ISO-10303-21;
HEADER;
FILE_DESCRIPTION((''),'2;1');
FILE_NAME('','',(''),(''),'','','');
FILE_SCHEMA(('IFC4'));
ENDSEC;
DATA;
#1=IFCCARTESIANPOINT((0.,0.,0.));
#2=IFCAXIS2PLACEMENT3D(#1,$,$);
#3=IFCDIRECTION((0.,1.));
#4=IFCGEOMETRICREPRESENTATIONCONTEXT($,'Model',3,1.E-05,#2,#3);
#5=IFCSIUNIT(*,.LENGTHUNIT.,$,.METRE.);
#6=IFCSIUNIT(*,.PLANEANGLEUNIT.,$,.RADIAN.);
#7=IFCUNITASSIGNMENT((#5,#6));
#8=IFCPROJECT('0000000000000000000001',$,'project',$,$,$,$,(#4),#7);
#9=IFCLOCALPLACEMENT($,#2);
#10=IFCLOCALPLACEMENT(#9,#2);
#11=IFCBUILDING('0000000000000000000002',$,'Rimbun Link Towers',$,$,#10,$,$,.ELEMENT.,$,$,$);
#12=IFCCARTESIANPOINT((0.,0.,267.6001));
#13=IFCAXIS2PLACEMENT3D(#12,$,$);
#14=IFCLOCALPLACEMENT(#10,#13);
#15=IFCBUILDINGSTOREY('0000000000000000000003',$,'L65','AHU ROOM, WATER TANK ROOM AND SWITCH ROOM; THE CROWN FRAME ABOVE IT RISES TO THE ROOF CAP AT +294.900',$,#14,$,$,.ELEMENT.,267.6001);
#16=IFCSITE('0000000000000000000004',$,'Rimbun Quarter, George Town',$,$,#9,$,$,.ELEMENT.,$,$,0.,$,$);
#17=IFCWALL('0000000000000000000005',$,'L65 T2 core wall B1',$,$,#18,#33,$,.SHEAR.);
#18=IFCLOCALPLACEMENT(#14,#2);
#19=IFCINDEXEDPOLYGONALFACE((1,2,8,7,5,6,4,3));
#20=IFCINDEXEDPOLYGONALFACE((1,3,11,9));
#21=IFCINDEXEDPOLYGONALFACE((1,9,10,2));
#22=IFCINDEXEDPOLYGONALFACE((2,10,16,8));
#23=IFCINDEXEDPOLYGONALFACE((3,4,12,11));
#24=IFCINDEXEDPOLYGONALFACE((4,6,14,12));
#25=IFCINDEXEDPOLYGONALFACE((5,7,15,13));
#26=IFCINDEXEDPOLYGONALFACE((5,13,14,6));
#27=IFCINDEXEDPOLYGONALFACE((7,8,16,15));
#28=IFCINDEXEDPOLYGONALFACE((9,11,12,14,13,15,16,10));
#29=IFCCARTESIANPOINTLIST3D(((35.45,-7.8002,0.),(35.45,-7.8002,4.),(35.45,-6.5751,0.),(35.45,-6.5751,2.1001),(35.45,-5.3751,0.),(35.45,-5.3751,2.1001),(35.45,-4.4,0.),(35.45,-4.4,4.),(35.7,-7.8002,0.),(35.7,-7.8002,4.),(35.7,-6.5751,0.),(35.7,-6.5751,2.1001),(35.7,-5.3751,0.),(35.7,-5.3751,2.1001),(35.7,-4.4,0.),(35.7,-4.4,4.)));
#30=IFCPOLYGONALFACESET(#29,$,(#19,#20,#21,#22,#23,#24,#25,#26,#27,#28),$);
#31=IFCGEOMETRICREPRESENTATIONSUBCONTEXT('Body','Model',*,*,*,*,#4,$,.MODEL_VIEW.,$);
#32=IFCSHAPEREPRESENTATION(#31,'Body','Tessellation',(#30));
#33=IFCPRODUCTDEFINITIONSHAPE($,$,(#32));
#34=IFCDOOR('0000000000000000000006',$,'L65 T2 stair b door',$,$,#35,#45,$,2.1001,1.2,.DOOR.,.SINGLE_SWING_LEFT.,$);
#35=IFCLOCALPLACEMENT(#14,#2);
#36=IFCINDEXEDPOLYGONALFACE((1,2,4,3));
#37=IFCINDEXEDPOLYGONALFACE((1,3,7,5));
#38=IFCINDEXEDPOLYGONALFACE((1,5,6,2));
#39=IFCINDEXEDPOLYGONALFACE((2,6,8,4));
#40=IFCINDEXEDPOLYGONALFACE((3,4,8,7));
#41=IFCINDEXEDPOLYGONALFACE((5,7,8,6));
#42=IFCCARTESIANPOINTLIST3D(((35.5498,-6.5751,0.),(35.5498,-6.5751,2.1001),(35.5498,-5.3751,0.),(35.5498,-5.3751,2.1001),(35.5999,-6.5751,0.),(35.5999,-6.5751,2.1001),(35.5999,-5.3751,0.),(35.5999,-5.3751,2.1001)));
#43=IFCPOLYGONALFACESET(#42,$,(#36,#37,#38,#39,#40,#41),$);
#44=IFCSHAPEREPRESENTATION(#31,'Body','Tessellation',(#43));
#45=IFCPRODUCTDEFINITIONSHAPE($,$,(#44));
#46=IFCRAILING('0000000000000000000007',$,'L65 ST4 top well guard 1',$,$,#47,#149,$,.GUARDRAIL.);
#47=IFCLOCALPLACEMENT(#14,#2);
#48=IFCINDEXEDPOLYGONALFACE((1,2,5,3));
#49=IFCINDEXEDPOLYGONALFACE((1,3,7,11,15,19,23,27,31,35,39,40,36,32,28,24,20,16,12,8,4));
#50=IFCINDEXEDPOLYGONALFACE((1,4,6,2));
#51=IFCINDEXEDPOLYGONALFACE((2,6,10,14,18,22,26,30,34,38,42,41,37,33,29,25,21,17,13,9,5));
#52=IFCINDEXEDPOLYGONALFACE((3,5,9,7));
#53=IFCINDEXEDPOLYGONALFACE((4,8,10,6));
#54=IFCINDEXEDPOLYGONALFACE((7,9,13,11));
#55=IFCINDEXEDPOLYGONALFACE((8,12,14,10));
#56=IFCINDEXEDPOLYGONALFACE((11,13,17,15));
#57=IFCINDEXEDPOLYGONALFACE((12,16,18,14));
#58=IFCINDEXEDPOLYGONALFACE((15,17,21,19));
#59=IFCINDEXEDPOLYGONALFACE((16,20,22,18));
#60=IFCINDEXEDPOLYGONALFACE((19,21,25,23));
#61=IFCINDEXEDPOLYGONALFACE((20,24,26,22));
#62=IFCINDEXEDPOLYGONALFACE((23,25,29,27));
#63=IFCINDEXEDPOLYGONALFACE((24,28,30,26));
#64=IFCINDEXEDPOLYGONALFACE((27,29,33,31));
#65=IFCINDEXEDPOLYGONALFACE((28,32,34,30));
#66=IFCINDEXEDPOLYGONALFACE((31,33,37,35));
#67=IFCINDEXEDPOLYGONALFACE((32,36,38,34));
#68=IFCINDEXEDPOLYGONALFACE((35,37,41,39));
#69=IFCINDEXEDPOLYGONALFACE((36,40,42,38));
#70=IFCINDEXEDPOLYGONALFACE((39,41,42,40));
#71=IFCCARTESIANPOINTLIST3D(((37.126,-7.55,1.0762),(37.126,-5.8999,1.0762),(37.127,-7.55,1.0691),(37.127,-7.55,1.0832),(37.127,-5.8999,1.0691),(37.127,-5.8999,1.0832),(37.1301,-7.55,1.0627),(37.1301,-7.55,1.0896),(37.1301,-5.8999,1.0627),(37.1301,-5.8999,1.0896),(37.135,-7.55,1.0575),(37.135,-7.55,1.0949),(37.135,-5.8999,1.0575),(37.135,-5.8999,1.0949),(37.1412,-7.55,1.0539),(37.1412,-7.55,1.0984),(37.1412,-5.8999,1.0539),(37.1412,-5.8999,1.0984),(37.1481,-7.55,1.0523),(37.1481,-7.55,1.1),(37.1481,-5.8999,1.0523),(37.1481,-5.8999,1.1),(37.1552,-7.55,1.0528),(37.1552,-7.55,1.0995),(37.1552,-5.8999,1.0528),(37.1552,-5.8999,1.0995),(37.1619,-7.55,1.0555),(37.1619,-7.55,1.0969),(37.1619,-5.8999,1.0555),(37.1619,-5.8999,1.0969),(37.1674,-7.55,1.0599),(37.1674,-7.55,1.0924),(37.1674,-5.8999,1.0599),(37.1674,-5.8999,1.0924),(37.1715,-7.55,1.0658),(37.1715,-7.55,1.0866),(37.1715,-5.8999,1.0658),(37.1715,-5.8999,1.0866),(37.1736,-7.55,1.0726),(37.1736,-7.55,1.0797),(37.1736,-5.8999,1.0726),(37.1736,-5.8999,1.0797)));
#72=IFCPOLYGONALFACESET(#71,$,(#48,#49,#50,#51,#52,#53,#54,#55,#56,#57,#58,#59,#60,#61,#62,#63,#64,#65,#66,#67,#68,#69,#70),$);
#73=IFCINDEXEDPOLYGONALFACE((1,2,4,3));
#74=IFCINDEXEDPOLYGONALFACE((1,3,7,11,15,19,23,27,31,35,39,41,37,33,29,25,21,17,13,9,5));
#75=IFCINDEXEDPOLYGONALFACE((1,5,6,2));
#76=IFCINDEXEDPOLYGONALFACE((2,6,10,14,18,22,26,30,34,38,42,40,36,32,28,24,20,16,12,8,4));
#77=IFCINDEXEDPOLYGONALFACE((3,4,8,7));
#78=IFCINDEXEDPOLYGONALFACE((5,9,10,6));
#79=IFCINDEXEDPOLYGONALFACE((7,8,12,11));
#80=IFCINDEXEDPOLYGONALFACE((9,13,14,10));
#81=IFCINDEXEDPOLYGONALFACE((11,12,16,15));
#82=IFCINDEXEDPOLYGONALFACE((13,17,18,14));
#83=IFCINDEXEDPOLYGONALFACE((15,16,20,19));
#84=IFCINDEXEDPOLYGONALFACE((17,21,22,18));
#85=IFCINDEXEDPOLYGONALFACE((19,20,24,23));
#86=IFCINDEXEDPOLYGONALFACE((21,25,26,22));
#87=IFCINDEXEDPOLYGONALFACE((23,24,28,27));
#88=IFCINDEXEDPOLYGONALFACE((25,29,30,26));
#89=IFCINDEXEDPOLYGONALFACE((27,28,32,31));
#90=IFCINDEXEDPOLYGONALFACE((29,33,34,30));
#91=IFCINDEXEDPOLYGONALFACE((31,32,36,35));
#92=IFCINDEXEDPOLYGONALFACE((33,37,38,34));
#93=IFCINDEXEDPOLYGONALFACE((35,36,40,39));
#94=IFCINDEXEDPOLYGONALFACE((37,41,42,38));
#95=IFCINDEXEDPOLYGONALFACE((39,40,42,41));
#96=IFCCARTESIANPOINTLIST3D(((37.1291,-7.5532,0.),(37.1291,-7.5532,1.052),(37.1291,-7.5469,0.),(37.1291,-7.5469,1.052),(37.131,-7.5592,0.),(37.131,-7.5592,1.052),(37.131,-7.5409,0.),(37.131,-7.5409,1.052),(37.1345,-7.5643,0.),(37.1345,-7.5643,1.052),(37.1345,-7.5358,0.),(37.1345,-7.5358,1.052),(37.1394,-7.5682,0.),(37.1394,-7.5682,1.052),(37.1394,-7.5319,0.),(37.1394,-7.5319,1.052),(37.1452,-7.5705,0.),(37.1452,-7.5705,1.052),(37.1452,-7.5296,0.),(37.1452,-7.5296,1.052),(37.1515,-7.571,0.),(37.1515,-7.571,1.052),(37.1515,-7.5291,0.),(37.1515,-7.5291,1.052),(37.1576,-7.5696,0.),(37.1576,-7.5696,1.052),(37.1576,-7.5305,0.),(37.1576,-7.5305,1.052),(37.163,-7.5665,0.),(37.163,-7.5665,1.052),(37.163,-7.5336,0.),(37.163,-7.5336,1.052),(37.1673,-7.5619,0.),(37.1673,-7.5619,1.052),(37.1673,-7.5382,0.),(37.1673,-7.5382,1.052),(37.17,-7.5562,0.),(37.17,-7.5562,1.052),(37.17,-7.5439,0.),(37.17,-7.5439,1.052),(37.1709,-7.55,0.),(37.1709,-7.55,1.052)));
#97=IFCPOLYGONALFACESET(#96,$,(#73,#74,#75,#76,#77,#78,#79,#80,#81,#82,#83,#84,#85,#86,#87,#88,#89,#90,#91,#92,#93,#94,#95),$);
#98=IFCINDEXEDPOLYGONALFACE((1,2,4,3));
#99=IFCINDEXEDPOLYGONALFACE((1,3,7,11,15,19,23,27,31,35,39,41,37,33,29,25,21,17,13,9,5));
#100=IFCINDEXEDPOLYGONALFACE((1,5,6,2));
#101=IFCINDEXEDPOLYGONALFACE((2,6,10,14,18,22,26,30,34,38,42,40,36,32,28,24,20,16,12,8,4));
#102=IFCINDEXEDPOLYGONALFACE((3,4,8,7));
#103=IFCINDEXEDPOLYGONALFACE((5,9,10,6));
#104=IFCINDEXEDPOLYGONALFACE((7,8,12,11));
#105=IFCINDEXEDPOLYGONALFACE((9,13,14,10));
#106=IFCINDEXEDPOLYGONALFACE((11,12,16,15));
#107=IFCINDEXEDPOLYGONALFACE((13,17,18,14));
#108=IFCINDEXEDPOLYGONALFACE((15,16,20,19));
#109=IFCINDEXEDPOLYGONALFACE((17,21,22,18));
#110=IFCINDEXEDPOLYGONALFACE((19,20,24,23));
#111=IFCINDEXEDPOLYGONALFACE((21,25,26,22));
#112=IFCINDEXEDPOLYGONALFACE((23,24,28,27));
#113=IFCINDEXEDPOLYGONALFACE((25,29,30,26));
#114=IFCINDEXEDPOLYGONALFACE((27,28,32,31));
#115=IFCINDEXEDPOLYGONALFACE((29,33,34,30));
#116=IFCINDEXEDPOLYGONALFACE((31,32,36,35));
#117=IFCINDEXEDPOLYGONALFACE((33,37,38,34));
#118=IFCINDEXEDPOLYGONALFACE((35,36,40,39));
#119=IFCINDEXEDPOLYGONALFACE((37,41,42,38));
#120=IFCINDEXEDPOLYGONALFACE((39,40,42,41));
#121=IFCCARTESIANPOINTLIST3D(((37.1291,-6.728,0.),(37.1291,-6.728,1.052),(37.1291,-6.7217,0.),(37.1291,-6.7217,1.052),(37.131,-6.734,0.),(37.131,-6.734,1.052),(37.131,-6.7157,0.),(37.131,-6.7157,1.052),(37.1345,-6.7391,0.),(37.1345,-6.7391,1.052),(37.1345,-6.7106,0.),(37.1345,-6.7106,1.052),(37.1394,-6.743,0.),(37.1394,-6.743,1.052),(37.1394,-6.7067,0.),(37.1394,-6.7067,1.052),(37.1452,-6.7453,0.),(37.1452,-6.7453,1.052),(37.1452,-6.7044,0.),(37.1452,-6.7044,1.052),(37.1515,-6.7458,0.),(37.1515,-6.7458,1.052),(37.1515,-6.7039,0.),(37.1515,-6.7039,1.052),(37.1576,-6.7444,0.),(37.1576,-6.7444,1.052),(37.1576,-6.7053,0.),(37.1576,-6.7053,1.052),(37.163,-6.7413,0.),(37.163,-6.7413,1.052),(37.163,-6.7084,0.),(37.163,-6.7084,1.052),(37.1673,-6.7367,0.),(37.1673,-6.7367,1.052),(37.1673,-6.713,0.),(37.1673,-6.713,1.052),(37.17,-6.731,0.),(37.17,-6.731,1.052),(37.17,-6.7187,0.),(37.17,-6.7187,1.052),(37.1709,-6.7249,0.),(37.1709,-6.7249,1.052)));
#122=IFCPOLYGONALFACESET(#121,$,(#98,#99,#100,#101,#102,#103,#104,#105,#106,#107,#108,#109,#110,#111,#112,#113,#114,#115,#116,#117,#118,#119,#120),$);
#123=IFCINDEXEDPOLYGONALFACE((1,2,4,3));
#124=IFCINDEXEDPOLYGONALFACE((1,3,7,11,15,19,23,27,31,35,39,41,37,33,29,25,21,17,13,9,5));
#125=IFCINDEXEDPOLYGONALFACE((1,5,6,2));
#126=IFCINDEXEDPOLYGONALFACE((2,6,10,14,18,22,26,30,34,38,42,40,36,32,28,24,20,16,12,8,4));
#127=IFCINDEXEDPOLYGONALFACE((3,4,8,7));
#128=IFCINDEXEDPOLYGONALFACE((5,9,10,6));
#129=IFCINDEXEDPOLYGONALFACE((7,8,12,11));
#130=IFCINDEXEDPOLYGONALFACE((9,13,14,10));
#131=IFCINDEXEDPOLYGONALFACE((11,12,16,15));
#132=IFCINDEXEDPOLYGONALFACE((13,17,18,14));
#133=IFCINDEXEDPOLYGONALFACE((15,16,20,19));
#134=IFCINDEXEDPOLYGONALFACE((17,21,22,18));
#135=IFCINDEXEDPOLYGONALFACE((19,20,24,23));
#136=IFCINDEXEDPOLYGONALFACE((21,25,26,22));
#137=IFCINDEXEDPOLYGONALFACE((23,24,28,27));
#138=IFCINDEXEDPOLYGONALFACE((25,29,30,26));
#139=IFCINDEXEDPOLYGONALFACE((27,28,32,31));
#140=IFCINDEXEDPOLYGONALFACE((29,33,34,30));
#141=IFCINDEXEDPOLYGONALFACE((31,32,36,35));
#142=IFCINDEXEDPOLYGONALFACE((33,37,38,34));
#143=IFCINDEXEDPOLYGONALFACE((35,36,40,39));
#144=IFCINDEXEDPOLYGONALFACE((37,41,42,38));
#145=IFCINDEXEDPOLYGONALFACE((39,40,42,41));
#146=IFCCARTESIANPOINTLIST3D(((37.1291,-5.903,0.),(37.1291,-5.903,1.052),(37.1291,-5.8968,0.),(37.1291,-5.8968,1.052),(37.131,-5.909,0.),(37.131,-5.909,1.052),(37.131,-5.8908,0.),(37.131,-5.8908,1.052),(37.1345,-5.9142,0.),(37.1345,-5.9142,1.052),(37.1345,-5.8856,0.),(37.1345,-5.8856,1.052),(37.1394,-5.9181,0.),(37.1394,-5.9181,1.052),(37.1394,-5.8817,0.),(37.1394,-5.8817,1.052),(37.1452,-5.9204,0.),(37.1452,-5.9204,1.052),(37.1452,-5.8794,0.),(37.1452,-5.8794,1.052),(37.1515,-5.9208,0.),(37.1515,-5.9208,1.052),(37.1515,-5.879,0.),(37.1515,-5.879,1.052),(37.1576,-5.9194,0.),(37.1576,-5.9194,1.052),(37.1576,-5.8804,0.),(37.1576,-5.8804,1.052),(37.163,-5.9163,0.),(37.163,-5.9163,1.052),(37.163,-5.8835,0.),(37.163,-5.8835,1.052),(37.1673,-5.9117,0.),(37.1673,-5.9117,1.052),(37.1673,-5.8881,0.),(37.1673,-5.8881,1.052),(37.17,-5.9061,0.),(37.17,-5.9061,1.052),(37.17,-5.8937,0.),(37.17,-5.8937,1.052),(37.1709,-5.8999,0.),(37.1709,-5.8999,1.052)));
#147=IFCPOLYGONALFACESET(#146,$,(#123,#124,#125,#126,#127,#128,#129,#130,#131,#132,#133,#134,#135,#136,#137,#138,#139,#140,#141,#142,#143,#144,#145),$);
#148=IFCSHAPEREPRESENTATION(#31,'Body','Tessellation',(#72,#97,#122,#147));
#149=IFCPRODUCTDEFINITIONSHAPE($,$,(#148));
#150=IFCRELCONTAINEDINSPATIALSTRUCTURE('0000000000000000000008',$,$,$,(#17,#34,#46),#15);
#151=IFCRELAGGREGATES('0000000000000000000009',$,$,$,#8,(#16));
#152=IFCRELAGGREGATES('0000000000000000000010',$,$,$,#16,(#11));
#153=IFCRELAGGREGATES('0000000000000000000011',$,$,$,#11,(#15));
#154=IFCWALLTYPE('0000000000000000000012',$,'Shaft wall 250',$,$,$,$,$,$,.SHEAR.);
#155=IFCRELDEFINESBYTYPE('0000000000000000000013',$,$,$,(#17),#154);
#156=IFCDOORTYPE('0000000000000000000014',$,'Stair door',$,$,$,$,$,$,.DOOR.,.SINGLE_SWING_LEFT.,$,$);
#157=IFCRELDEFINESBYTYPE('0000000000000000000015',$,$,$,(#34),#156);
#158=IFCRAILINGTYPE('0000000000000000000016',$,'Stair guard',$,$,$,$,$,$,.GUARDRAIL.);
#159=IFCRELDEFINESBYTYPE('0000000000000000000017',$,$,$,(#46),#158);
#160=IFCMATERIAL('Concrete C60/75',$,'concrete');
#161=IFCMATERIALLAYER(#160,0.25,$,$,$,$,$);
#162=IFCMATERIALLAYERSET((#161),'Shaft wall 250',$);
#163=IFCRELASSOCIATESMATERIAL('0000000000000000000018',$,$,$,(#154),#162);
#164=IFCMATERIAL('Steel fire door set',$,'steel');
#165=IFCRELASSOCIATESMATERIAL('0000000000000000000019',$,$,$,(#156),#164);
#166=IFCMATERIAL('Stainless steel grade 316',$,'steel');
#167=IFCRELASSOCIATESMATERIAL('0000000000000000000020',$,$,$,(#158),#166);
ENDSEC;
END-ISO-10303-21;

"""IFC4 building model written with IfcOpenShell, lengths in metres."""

from ifc_helpers import new_model, si_unit, direction, frame, frame_2d, origin, origin_2d, place, context, subcontext, project, spatial, rectangle, circle, extrude, material, layer, layer_set, type_object, element, fill, save


model = new_model("IFC4")

# Units and contexts
model_context = context("Model", 3, precision=1e-05, world=origin(), true_north=direction((0.0, 1.0)))
body_context = subcontext(model_context, "Body", "Model", "MODEL_VIEW")
ifc_project = project(units=[si_unit("LENGTHUNIT", "METRE"), si_unit("PLANEANGLEUNIT", "RADIAN")], contexts=[model_context])

# Site, building, storey
site_placement = place(None, origin())
site = spatial("IfcSite", under=ifc_project, at=site_placement, Name="Rimbun Quarter, George Town", CompositionType="ELEMENT", RefElevation=0.0)
building_placement = place(site_placement, origin())
building = spatial("IfcBuilding", under=site, at=building_placement, Name="Rimbun Link Towers", CompositionType="ELEMENT")
storey_placement = place(building_placement, frame((0.0, 0.0, 267.6001)))
storey = spatial("IfcBuildingStorey", under=building, at=storey_placement, Name="L65", Description="AHU ROOM, WATER TANK ROOM AND SWITCH ROOM; THE CROWN FRAME ABOVE IT RISES TO THE ROOF CAP AT +294.900", CompositionType="ELEMENT", Elevation=267.6001)

# Shared definitions
ifc_material_1 = material(Name="Concrete C60/75", Category="concrete")
ifc_layer_1 = layer(ifc_material_1, 0.25)
ifc_layer_set_1 = layer_set([ifc_layer_1], Name="Shaft wall 250")
wall_type_1 = type_object("IfcWallType", Name="Shaft wall 250", PredefinedType="SHEAR", material=ifc_layer_set_1)

# Wall, opening, door
wall_1_placement = place(storey_placement, frame((35.575, -4.3999, 0.0), z_axis=(0.0, 0.0, 1.0), x_axis=(0.0, -1.0, 0.0)))
wall_1 = element("IfcWall", 1, at=wall_1_placement, inside=storey, type_object=wall_type_1, Name="L65 T2 core wall B1", PredefinedType="SHEAR", context=body_context, shape_type="SweptSolid", body=[
    extrude(rectangle(XDim=3.4001, YDim=0.25, at=frame_2d((1.7002, 0.0))), origin(), (0.0, 0.0, 1.0), 4.0),
])
opening_1_placement = place(wall_1_placement, frame((0.9751, 0.0, 0.0)))
opening_1 = element("IfcOpeningElement", 2, at=opening_1_placement, cuts=wall_1, PredefinedType="OPENING", context=body_context, shape_type="SweptSolid", body=[
    extrude(rectangle(XDim=1.2, YDim=2.1001, at=frame_2d((0.6001, 1.05))), frame((0.0, 0.135, 0.0), z_axis=(0.0, -1.0, 0.0), x_axis=(1.0, 0.0, 0.0)), (0.0, 0.0, 1.0), 0.27),
])
ifc_material_2 = material(Name="Steel fire door set", Category="steel")
door_type_1 = type_object("IfcDoorType", Name="Stair door", OperationType="SINGLE_SWING_LEFT", PredefinedType="DOOR", material=ifc_material_2)
door_1_placement = place(opening_1_placement, origin())
door_1 = element("IfcDoor", 3, at=door_1_placement, inside=storey, type_object=door_type_1, Name="L65 T2 stair b door", OperationType="SINGLE_SWING_LEFT", OverallHeight=2.1001, OverallWidth=1.2, PredefinedType="DOOR", context=body_context, shape_type="SweptSolid", body=[
    extrude(rectangle(XDim=1.2, YDim=2.1001, at=frame_2d((0.6001, 1.05))), frame((0.0, 0.0249, 0.0), z_axis=(0.0, -1.0, 0.0), x_axis=(1.0, 0.0, 0.0)), (0.0, 0.0, 1.0), 0.05),
])
fill(opening_1, door_1)

# Railing
ifc_material_3 = material(Name="Stainless steel grade 316", Category="steel")
railing_type = type_object("IfcRailingType", Name="Stair guard", PredefinedType="GUARDRAIL", material=ifc_material_3)
railing_placement = place(storey_placement, frame((37.1499, -7.55, 0.0)))
element("IfcRailing", 4, at=railing_placement, inside=storey, type_object=railing_type, Name="L65 ST4 top well guard 1", PredefinedType="GUARDRAIL", context=body_context, shape_type="SweptSolid", body=[
    extrude(circle(Radius=0.0239, at=origin_2d()), frame((0.0, 0.0, 1.0762), z_axis=(0.0, 1.0, 0.0), x_axis=(-1.0, 0.0, 0.0)), (0.0, 0.0, 1.0), 1.6501),
    extrude(circle(Radius=0.021, at=origin_2d()), origin(), (0.0, 0.0, 1.0), 1.052),
    extrude(circle(Radius=0.021, at=origin_2d()), frame((0.0, 0.8252, 0.0)), (0.0, 0.0, 1.0), 1.052),
    extrude(circle(Radius=0.021, at=origin_2d()), frame((0.0, 1.6501, 0.0)), (0.0, 0.0, 1.0), 1.052),
])

save(model, "model.ifc")
